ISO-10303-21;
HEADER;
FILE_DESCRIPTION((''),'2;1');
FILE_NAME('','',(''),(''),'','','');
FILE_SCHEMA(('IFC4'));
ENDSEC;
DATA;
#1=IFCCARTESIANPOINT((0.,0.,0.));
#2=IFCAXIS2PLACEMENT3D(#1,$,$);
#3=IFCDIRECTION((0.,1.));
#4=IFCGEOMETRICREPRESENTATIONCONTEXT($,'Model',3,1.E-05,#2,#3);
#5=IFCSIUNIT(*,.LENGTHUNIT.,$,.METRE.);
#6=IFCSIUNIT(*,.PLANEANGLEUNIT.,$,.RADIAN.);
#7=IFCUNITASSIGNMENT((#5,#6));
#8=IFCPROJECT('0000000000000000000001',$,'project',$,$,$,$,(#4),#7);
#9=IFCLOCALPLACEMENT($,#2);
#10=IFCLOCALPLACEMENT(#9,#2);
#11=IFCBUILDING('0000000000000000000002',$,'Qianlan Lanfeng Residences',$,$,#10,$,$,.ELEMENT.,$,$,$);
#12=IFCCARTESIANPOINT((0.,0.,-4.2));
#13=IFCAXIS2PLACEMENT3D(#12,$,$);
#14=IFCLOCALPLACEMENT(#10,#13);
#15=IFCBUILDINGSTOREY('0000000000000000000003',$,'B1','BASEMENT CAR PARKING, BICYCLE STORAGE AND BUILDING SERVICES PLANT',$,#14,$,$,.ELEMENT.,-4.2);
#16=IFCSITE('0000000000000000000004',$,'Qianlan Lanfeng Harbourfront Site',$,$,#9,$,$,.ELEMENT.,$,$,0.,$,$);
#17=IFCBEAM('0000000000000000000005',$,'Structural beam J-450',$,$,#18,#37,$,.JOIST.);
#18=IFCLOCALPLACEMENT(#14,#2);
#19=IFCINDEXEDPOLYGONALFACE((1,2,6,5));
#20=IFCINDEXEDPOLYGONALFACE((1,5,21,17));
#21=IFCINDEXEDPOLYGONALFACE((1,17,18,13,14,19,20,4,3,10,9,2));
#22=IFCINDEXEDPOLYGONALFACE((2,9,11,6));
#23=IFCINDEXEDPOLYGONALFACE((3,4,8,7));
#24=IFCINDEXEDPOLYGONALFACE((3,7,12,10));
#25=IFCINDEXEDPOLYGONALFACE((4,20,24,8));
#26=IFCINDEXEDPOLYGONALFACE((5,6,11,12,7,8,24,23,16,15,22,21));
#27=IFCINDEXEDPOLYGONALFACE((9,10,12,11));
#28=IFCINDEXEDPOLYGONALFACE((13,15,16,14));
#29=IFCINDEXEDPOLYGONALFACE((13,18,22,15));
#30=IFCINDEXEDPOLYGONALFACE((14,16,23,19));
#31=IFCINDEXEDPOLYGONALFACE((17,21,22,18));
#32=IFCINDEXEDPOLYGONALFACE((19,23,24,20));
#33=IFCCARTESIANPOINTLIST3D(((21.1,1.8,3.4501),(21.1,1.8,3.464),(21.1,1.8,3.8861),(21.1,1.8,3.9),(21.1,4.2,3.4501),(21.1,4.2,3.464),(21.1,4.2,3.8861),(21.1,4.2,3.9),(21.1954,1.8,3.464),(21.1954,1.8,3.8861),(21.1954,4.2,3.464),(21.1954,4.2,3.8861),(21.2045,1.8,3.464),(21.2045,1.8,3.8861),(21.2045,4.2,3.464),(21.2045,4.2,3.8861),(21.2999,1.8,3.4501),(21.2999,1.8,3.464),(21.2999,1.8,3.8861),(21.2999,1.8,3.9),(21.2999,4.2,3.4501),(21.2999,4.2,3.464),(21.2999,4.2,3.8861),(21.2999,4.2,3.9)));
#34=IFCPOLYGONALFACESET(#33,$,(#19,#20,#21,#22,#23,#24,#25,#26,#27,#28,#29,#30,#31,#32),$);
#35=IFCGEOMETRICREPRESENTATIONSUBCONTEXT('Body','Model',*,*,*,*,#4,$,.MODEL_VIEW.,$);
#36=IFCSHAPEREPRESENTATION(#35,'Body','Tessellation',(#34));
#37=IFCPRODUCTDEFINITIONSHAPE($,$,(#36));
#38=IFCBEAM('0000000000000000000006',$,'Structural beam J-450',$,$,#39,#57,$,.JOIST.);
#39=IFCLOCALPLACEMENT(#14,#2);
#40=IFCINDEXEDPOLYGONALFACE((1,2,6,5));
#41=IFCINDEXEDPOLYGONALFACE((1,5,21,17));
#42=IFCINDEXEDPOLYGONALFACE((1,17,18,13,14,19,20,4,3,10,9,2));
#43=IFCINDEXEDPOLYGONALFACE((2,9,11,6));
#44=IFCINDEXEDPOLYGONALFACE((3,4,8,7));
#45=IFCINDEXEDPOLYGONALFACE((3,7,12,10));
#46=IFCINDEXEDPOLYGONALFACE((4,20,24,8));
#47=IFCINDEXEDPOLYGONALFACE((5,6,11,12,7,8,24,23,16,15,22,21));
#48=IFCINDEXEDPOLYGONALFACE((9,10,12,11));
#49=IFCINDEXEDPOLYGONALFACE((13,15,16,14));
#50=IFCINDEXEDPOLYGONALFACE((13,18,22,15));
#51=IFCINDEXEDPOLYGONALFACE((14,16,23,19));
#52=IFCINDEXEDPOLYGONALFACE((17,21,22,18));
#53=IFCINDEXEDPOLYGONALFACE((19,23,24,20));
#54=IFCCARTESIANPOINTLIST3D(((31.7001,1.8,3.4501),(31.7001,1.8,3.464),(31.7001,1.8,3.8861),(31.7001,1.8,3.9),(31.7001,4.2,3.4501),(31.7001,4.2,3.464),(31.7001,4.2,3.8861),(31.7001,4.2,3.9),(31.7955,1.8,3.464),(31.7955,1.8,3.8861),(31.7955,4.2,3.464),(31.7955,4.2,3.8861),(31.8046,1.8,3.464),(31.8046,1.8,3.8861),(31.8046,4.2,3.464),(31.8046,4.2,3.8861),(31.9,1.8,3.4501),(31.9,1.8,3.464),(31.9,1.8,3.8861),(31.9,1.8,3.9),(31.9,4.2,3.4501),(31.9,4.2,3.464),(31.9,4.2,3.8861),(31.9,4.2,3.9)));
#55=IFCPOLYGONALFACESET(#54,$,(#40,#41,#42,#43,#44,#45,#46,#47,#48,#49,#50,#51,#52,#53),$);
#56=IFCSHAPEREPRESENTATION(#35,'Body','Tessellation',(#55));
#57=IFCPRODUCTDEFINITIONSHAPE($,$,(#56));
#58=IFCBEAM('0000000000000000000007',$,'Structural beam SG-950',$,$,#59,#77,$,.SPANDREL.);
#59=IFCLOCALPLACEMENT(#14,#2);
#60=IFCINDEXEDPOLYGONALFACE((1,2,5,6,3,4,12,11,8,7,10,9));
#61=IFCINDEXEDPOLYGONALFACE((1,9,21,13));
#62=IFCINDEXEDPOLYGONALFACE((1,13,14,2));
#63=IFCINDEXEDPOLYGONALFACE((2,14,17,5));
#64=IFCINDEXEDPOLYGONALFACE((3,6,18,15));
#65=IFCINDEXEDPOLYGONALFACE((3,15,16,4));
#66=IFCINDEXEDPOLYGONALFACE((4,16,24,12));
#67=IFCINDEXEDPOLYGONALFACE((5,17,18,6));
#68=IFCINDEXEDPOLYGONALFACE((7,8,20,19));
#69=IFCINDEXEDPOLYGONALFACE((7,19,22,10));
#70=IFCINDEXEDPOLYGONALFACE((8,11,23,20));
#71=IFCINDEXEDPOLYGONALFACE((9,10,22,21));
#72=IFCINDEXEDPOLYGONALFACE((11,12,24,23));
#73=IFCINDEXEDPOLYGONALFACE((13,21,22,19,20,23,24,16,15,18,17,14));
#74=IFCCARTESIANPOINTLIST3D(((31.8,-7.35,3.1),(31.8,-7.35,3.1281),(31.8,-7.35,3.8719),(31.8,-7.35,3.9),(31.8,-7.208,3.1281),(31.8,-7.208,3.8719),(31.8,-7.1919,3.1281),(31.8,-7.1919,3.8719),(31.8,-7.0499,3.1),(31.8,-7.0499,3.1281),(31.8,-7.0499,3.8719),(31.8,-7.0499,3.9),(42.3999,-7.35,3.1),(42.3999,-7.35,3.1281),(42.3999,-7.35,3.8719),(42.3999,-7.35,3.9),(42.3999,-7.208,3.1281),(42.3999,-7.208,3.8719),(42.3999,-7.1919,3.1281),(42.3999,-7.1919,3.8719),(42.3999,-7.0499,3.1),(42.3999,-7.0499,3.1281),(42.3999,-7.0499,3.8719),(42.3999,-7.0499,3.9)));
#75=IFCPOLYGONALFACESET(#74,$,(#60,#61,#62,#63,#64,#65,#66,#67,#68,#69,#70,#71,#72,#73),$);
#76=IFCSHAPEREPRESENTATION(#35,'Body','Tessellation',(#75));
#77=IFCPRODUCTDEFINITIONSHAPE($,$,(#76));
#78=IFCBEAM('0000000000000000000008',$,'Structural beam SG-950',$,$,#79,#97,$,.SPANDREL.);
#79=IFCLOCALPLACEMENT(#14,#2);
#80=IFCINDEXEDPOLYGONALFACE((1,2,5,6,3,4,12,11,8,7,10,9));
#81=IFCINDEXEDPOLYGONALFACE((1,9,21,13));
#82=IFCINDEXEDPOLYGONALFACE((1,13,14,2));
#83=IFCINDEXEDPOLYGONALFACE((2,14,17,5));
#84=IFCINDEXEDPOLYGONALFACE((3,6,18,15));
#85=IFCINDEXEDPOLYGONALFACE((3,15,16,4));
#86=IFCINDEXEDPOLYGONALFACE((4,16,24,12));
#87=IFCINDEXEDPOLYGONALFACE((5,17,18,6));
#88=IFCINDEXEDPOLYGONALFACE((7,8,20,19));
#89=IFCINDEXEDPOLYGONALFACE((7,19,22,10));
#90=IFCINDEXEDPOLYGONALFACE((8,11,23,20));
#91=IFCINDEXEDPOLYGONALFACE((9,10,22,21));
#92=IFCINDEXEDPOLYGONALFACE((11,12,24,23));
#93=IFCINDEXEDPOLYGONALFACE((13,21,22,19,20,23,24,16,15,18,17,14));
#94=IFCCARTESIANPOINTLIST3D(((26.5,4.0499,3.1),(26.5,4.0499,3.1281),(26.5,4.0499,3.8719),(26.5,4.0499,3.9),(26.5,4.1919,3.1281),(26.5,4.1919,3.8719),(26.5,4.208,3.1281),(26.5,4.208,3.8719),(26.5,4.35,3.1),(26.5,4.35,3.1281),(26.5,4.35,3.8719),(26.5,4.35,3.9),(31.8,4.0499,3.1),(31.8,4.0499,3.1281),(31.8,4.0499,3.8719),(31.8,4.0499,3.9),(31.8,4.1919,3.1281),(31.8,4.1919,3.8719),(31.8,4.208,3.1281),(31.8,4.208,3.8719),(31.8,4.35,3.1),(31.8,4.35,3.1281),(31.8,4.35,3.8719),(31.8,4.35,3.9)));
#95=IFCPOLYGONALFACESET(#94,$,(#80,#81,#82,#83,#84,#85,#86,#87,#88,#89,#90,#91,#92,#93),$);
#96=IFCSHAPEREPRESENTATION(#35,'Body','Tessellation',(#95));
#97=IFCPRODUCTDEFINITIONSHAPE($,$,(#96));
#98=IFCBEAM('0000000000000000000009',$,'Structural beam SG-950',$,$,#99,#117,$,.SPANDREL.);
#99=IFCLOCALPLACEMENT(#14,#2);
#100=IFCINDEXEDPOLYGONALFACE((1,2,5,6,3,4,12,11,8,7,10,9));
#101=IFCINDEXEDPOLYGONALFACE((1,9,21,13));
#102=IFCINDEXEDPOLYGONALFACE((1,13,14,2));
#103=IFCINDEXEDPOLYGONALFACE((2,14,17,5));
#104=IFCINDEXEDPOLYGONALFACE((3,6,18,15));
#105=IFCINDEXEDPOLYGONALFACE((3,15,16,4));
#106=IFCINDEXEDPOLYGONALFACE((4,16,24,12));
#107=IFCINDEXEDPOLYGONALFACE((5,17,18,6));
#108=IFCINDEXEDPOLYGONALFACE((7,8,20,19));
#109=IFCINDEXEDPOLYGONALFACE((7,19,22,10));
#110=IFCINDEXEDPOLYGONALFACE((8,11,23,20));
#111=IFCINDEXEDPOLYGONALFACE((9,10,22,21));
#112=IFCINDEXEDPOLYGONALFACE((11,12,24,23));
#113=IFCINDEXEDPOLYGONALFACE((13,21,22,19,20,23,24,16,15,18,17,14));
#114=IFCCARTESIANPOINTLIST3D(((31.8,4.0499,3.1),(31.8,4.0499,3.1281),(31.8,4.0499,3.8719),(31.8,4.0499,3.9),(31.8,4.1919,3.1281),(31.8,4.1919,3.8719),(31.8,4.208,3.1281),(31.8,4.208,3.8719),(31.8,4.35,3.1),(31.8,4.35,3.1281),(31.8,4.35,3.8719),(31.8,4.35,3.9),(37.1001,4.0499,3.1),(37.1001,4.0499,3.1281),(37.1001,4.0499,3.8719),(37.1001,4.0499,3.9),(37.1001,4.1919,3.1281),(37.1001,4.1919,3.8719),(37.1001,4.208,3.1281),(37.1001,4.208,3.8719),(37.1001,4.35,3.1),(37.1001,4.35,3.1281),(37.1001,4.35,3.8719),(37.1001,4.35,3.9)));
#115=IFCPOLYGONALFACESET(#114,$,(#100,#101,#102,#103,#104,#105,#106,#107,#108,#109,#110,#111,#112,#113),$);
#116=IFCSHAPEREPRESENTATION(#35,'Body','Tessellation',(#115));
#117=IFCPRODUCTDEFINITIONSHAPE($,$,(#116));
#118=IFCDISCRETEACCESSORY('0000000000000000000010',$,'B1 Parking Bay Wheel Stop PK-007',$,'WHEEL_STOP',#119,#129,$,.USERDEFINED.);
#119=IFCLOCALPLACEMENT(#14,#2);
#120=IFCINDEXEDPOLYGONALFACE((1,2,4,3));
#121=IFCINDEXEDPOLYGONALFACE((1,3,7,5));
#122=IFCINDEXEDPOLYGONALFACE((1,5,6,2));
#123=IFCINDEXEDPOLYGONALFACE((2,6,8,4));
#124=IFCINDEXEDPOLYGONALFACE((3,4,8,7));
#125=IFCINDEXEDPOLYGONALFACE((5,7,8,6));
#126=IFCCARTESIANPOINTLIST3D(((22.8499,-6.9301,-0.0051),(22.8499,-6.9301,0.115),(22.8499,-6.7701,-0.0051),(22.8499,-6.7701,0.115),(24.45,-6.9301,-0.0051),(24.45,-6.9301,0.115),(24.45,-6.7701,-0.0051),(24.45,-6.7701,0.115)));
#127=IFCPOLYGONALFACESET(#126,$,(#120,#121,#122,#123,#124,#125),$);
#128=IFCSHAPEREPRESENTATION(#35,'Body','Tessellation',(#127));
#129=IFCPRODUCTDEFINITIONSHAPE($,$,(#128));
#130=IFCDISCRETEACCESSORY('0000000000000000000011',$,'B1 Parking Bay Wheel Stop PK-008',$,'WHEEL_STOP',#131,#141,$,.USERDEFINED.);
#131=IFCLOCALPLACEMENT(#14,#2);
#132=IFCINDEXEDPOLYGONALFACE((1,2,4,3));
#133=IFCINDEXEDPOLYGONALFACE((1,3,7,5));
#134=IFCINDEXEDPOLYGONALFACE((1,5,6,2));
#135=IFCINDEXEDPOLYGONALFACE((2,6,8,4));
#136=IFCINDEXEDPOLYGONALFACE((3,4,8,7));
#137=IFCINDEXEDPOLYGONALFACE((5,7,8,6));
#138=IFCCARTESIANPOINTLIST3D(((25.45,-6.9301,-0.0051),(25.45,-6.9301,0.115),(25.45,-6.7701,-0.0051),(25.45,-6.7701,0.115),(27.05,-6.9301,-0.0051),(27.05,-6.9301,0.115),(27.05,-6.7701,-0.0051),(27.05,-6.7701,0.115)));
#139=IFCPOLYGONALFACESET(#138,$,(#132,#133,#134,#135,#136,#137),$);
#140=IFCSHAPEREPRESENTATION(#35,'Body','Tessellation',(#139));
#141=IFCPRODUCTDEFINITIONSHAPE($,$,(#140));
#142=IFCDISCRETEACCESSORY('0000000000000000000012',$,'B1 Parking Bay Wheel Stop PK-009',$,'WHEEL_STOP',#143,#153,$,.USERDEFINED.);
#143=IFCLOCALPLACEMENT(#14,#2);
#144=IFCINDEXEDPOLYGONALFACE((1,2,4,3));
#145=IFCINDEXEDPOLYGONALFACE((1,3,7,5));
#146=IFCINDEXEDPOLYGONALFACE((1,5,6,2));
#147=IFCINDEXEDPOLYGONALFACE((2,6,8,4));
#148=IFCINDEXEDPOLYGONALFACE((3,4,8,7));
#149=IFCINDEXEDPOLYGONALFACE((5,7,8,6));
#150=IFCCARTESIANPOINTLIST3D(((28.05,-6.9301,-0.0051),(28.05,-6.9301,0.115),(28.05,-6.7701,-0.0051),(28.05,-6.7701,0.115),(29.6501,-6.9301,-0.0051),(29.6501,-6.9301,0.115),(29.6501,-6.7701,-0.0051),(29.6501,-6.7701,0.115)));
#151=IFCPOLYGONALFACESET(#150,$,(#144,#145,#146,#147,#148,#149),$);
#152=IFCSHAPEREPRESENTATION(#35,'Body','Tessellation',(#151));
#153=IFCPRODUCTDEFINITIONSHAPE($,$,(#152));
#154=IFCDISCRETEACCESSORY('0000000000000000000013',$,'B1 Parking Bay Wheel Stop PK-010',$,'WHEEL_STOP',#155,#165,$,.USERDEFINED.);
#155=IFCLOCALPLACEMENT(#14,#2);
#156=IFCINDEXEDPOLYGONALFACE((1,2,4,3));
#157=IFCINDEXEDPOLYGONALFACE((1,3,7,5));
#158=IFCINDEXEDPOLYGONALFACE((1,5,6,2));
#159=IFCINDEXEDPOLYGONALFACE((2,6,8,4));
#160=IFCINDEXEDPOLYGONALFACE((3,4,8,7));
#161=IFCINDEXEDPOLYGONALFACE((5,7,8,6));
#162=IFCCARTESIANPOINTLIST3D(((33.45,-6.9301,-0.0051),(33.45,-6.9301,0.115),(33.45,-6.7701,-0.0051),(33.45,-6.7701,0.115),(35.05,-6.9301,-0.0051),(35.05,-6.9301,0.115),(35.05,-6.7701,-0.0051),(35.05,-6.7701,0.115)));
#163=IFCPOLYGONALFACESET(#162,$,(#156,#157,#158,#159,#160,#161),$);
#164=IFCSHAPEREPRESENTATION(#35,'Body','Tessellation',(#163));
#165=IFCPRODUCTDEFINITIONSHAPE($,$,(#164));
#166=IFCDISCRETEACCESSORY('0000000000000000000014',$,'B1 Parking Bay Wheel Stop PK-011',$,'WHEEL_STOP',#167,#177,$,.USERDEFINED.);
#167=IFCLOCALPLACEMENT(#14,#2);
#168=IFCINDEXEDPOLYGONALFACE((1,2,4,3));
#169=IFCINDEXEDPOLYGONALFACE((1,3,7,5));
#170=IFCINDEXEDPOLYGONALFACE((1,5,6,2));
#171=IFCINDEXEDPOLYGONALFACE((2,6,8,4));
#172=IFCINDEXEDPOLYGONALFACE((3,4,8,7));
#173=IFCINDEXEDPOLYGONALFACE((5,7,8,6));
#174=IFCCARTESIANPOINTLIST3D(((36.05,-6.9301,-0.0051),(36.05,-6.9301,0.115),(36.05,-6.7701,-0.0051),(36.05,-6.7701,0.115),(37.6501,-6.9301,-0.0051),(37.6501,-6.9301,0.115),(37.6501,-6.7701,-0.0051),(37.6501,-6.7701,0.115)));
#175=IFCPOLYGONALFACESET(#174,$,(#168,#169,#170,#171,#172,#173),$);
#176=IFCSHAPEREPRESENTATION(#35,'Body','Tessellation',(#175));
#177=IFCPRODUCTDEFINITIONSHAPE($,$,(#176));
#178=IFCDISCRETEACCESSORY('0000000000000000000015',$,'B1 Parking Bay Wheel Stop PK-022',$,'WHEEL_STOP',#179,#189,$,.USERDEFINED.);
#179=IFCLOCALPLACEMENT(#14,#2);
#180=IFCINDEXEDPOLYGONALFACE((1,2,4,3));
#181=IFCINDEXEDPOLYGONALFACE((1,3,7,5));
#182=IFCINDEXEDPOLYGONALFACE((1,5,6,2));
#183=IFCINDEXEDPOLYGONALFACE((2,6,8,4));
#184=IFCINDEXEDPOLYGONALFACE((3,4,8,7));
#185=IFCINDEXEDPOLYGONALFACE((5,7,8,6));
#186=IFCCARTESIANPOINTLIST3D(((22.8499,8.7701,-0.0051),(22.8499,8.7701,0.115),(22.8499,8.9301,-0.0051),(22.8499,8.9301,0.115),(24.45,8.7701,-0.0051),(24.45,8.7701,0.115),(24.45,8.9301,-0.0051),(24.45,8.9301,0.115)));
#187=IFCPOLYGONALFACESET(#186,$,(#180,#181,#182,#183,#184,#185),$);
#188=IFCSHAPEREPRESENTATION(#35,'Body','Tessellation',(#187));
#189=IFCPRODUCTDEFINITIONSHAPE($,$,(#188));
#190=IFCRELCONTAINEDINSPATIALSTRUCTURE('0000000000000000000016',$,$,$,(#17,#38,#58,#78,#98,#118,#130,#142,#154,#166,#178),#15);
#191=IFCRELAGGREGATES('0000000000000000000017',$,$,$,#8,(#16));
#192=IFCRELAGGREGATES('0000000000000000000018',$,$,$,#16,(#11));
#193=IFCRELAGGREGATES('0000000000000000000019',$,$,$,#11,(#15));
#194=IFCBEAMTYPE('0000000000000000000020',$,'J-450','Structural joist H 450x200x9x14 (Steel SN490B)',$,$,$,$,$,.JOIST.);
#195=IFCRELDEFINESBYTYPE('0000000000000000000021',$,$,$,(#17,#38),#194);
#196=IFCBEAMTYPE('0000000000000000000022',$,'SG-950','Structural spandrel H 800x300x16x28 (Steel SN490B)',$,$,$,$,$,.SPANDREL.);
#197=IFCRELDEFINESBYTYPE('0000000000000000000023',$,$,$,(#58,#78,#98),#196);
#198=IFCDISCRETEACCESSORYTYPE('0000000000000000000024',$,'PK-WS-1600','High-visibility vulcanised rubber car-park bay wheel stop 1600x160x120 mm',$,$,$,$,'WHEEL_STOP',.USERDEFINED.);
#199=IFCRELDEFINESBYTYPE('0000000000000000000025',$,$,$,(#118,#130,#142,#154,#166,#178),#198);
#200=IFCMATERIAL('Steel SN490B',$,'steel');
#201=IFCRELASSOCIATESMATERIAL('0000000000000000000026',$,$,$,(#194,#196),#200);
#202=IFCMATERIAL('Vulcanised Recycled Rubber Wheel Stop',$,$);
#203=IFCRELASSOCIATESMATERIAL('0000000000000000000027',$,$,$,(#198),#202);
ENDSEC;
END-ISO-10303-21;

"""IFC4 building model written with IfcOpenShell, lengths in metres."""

from ifc_helpers import new_model, si_unit, direction, frame, origin, origin_2d, place, context, subcontext, project, spatial, rectangle, i_section, extrude, source, transform, mapped, material, material_profile, profile_set, type_object, element, save


model = new_model("IFC4")

# Units and contexts
model_context = context("Model", 3, precision=1e-05, world=origin(), true_north=direction((0.0, 1.0)))
body_context = subcontext(model_context, "Body", "Model", "MODEL_VIEW")
ifc_project = project(units=[si_unit("LENGTHUNIT", "METRE"), si_unit("PLANEANGLEUNIT", "RADIAN")], contexts=[model_context])

# Site, building, storey
site_placement = place(None, origin())
site = spatial("IfcSite", under=ifc_project, at=site_placement, Name="Qianlan Lanfeng Harbourfront Site", CompositionType="ELEMENT", RefElevation=0.0)
building_placement = place(site_placement, origin())
building = spatial("IfcBuilding", under=site, at=building_placement, Name="Qianlan Lanfeng Residences", CompositionType="ELEMENT")
storey_placement = place(building_placement, frame((0.0, 0.0, -4.2)))
storey = spatial("IfcBuildingStorey", under=building, at=storey_placement, Name="B1", Description="BASEMENT CAR PARKING, BICYCLE STORAGE AND BUILDING SERVICES PLANT", CompositionType="ELEMENT", Elevation=-4.2)

# Beams
ifc_material_1 = material(Name="Steel SN490B", Category="steel")
ifc_material_profile_1 = material_profile(ifc_material_1, i_section(OverallWidth=0.2, OverallDepth=0.45, WebThickness=0.009, FlangeThickness=0.0139, at=origin_2d()), Name="H 450x200x9x14")
ifc_profile_set_1 = profile_set([ifc_material_profile_1], Name="Steel SN490B")
beam_type_1 = type_object("IfcBeamType", Name="J-450", Description="Structural joist H 450x200x9x14 (Steel SN490B)", PredefinedType="JOIST", material=ifc_profile_set_1)
for number, where, z_axis, x_axis, name in (
    (1, (21.2, 1.8, 3.675), (0.0, 1.0, 0.0), (-1.0, 0.0, 0.0), "Structural beam J-450"),
    (2, (31.8, 1.8, 3.675), (0.0, 1.0, 0.0), (-1.0, 0.0, 0.0), "Structural beam J-450"),
):
    element("IfcBeam", number, at=place(storey_placement, frame(where, z_axis=z_axis, x_axis=x_axis)), inside=storey, type_object=beam_type_1, Name=name, PredefinedType="JOIST", context=body_context, shape_type="SweptSolid", body=[
        extrude(i_section(OverallWidth=0.2, OverallDepth=0.45, WebThickness=0.009, FlangeThickness=0.0139, at=origin_2d()), origin(), (0.0, 0.0, 1.0), 2.3999),
    ])
ifc_material_profile_2 = material_profile(ifc_material_1, i_section(OverallWidth=0.3, OverallDepth=0.8, WebThickness=0.0161, FlangeThickness=0.0281, at=origin_2d()), Name="H 800x300x16x28")
ifc_profile_set_2 = profile_set([ifc_material_profile_2], Name="Steel SN490B")
beam_type_2 = type_object("IfcBeamType", Name="SG-950", Description="Structural spandrel H 800x300x16x28 (Steel SN490B)", PredefinedType="SPANDREL", material=ifc_profile_set_2)
beam_1_placement = place(storey_placement, frame((31.8, -7.2, 3.5), z_axis=(1.0, 0.0, 0.0), x_axis=(0.0, 1.0, 0.0)))
element("IfcBeam", 3, at=beam_1_placement, inside=storey, type_object=beam_type_2, Name="Structural beam SG-950", PredefinedType="SPANDREL", context=body_context, shape_type="SweptSolid", body=[
    extrude(i_section(OverallWidth=0.3, OverallDepth=0.8, WebThickness=0.0161, FlangeThickness=0.0281, at=origin_2d()), origin(), (0.0, 0.0, 1.0), 10.5999),
])
for number, where, z_axis, x_axis, name in (
    (4, (26.5, 4.2, 3.5), (1.0, 0.0, 0.0), (0.0, 1.0, 0.0), "Structural beam SG-950"),
    (5, (31.8, 4.2, 3.5), (1.0, 0.0, 0.0), (0.0, 1.0, 0.0), "Structural beam SG-950"),
):
    element("IfcBeam", number, at=place(storey_placement, frame(where, z_axis=z_axis, x_axis=x_axis)), inside=storey, type_object=beam_type_2, Name=name, PredefinedType="SPANDREL", context=body_context, shape_type="SweptSolid", body=[
        extrude(i_section(OverallWidth=0.3, OverallDepth=0.8, WebThickness=0.0161, FlangeThickness=0.0281, at=origin_2d()), origin(), (0.0, 0.0, 1.0), 5.3),
    ])

# Discrete accessories
ifc_material_2 = material(Name="Vulcanised Recycled Rubber Wheel Stop")
discrete_accessory_type = type_object("IfcDiscreteAccessoryType", Name="PK-WS-1600", Description="High-visibility vulcanised rubber car-park bay wheel stop 1600x160x120 mm", ElementType="WHEEL_STOP", PredefinedType="USERDEFINED", material=ifc_material_2)
shared_shape = source(origin(), body_context, "Body", "SweptSolid", [
    extrude(rectangle(XDim=1.6001, YDim=0.1599, at=origin_2d()), origin(), (0.0, 0.0, 1.0), 0.1201),
])
for number, where, z_axis, x_axis, name in (
    (6, (23.6499, -6.8501, -0.0051), (0.0, 0.0, 1.0), (1.0, 0.0, 0.0), "B1 Parking Bay Wheel Stop PK-007"),
    (7, (26.25, -6.8501, -0.0051), (0.0, 0.0, 1.0), (1.0, 0.0, 0.0), "B1 Parking Bay Wheel Stop PK-008"),
    (8, (28.8501, -6.8501, -0.0051), (0.0, 0.0, 1.0), (1.0, 0.0, 0.0), "B1 Parking Bay Wheel Stop PK-009"),
    (9, (34.25, -6.8501, -0.0051), (0.0, 0.0, 1.0), (1.0, 0.0, 0.0), "B1 Parking Bay Wheel Stop PK-010"),
    (10, (36.8501, -6.8501, -0.0051), (0.0, 0.0, 1.0), (1.0, 0.0, 0.0), "B1 Parking Bay Wheel Stop PK-011"),
    (11, (23.6499, 8.8501, -0.0051), (0.0, 0.0, 1.0), (1.0, 0.0, 0.0), "B1 Parking Bay Wheel Stop PK-022"),
):
    element("IfcDiscreteAccessory", number, at=place(storey_placement, frame(where, z_axis=z_axis, x_axis=x_axis)), inside=storey, type_object=discrete_accessory_type, Name=name, ObjectType="WHEEL_STOP", PredefinedType="USERDEFINED", context=body_context, shape_type="MappedRepresentation", body=[
        mapped(shared_shape, transform((0.0, 0.0, 0.0), scale=1.0)),
    ])

save(model, "model.ifc")
